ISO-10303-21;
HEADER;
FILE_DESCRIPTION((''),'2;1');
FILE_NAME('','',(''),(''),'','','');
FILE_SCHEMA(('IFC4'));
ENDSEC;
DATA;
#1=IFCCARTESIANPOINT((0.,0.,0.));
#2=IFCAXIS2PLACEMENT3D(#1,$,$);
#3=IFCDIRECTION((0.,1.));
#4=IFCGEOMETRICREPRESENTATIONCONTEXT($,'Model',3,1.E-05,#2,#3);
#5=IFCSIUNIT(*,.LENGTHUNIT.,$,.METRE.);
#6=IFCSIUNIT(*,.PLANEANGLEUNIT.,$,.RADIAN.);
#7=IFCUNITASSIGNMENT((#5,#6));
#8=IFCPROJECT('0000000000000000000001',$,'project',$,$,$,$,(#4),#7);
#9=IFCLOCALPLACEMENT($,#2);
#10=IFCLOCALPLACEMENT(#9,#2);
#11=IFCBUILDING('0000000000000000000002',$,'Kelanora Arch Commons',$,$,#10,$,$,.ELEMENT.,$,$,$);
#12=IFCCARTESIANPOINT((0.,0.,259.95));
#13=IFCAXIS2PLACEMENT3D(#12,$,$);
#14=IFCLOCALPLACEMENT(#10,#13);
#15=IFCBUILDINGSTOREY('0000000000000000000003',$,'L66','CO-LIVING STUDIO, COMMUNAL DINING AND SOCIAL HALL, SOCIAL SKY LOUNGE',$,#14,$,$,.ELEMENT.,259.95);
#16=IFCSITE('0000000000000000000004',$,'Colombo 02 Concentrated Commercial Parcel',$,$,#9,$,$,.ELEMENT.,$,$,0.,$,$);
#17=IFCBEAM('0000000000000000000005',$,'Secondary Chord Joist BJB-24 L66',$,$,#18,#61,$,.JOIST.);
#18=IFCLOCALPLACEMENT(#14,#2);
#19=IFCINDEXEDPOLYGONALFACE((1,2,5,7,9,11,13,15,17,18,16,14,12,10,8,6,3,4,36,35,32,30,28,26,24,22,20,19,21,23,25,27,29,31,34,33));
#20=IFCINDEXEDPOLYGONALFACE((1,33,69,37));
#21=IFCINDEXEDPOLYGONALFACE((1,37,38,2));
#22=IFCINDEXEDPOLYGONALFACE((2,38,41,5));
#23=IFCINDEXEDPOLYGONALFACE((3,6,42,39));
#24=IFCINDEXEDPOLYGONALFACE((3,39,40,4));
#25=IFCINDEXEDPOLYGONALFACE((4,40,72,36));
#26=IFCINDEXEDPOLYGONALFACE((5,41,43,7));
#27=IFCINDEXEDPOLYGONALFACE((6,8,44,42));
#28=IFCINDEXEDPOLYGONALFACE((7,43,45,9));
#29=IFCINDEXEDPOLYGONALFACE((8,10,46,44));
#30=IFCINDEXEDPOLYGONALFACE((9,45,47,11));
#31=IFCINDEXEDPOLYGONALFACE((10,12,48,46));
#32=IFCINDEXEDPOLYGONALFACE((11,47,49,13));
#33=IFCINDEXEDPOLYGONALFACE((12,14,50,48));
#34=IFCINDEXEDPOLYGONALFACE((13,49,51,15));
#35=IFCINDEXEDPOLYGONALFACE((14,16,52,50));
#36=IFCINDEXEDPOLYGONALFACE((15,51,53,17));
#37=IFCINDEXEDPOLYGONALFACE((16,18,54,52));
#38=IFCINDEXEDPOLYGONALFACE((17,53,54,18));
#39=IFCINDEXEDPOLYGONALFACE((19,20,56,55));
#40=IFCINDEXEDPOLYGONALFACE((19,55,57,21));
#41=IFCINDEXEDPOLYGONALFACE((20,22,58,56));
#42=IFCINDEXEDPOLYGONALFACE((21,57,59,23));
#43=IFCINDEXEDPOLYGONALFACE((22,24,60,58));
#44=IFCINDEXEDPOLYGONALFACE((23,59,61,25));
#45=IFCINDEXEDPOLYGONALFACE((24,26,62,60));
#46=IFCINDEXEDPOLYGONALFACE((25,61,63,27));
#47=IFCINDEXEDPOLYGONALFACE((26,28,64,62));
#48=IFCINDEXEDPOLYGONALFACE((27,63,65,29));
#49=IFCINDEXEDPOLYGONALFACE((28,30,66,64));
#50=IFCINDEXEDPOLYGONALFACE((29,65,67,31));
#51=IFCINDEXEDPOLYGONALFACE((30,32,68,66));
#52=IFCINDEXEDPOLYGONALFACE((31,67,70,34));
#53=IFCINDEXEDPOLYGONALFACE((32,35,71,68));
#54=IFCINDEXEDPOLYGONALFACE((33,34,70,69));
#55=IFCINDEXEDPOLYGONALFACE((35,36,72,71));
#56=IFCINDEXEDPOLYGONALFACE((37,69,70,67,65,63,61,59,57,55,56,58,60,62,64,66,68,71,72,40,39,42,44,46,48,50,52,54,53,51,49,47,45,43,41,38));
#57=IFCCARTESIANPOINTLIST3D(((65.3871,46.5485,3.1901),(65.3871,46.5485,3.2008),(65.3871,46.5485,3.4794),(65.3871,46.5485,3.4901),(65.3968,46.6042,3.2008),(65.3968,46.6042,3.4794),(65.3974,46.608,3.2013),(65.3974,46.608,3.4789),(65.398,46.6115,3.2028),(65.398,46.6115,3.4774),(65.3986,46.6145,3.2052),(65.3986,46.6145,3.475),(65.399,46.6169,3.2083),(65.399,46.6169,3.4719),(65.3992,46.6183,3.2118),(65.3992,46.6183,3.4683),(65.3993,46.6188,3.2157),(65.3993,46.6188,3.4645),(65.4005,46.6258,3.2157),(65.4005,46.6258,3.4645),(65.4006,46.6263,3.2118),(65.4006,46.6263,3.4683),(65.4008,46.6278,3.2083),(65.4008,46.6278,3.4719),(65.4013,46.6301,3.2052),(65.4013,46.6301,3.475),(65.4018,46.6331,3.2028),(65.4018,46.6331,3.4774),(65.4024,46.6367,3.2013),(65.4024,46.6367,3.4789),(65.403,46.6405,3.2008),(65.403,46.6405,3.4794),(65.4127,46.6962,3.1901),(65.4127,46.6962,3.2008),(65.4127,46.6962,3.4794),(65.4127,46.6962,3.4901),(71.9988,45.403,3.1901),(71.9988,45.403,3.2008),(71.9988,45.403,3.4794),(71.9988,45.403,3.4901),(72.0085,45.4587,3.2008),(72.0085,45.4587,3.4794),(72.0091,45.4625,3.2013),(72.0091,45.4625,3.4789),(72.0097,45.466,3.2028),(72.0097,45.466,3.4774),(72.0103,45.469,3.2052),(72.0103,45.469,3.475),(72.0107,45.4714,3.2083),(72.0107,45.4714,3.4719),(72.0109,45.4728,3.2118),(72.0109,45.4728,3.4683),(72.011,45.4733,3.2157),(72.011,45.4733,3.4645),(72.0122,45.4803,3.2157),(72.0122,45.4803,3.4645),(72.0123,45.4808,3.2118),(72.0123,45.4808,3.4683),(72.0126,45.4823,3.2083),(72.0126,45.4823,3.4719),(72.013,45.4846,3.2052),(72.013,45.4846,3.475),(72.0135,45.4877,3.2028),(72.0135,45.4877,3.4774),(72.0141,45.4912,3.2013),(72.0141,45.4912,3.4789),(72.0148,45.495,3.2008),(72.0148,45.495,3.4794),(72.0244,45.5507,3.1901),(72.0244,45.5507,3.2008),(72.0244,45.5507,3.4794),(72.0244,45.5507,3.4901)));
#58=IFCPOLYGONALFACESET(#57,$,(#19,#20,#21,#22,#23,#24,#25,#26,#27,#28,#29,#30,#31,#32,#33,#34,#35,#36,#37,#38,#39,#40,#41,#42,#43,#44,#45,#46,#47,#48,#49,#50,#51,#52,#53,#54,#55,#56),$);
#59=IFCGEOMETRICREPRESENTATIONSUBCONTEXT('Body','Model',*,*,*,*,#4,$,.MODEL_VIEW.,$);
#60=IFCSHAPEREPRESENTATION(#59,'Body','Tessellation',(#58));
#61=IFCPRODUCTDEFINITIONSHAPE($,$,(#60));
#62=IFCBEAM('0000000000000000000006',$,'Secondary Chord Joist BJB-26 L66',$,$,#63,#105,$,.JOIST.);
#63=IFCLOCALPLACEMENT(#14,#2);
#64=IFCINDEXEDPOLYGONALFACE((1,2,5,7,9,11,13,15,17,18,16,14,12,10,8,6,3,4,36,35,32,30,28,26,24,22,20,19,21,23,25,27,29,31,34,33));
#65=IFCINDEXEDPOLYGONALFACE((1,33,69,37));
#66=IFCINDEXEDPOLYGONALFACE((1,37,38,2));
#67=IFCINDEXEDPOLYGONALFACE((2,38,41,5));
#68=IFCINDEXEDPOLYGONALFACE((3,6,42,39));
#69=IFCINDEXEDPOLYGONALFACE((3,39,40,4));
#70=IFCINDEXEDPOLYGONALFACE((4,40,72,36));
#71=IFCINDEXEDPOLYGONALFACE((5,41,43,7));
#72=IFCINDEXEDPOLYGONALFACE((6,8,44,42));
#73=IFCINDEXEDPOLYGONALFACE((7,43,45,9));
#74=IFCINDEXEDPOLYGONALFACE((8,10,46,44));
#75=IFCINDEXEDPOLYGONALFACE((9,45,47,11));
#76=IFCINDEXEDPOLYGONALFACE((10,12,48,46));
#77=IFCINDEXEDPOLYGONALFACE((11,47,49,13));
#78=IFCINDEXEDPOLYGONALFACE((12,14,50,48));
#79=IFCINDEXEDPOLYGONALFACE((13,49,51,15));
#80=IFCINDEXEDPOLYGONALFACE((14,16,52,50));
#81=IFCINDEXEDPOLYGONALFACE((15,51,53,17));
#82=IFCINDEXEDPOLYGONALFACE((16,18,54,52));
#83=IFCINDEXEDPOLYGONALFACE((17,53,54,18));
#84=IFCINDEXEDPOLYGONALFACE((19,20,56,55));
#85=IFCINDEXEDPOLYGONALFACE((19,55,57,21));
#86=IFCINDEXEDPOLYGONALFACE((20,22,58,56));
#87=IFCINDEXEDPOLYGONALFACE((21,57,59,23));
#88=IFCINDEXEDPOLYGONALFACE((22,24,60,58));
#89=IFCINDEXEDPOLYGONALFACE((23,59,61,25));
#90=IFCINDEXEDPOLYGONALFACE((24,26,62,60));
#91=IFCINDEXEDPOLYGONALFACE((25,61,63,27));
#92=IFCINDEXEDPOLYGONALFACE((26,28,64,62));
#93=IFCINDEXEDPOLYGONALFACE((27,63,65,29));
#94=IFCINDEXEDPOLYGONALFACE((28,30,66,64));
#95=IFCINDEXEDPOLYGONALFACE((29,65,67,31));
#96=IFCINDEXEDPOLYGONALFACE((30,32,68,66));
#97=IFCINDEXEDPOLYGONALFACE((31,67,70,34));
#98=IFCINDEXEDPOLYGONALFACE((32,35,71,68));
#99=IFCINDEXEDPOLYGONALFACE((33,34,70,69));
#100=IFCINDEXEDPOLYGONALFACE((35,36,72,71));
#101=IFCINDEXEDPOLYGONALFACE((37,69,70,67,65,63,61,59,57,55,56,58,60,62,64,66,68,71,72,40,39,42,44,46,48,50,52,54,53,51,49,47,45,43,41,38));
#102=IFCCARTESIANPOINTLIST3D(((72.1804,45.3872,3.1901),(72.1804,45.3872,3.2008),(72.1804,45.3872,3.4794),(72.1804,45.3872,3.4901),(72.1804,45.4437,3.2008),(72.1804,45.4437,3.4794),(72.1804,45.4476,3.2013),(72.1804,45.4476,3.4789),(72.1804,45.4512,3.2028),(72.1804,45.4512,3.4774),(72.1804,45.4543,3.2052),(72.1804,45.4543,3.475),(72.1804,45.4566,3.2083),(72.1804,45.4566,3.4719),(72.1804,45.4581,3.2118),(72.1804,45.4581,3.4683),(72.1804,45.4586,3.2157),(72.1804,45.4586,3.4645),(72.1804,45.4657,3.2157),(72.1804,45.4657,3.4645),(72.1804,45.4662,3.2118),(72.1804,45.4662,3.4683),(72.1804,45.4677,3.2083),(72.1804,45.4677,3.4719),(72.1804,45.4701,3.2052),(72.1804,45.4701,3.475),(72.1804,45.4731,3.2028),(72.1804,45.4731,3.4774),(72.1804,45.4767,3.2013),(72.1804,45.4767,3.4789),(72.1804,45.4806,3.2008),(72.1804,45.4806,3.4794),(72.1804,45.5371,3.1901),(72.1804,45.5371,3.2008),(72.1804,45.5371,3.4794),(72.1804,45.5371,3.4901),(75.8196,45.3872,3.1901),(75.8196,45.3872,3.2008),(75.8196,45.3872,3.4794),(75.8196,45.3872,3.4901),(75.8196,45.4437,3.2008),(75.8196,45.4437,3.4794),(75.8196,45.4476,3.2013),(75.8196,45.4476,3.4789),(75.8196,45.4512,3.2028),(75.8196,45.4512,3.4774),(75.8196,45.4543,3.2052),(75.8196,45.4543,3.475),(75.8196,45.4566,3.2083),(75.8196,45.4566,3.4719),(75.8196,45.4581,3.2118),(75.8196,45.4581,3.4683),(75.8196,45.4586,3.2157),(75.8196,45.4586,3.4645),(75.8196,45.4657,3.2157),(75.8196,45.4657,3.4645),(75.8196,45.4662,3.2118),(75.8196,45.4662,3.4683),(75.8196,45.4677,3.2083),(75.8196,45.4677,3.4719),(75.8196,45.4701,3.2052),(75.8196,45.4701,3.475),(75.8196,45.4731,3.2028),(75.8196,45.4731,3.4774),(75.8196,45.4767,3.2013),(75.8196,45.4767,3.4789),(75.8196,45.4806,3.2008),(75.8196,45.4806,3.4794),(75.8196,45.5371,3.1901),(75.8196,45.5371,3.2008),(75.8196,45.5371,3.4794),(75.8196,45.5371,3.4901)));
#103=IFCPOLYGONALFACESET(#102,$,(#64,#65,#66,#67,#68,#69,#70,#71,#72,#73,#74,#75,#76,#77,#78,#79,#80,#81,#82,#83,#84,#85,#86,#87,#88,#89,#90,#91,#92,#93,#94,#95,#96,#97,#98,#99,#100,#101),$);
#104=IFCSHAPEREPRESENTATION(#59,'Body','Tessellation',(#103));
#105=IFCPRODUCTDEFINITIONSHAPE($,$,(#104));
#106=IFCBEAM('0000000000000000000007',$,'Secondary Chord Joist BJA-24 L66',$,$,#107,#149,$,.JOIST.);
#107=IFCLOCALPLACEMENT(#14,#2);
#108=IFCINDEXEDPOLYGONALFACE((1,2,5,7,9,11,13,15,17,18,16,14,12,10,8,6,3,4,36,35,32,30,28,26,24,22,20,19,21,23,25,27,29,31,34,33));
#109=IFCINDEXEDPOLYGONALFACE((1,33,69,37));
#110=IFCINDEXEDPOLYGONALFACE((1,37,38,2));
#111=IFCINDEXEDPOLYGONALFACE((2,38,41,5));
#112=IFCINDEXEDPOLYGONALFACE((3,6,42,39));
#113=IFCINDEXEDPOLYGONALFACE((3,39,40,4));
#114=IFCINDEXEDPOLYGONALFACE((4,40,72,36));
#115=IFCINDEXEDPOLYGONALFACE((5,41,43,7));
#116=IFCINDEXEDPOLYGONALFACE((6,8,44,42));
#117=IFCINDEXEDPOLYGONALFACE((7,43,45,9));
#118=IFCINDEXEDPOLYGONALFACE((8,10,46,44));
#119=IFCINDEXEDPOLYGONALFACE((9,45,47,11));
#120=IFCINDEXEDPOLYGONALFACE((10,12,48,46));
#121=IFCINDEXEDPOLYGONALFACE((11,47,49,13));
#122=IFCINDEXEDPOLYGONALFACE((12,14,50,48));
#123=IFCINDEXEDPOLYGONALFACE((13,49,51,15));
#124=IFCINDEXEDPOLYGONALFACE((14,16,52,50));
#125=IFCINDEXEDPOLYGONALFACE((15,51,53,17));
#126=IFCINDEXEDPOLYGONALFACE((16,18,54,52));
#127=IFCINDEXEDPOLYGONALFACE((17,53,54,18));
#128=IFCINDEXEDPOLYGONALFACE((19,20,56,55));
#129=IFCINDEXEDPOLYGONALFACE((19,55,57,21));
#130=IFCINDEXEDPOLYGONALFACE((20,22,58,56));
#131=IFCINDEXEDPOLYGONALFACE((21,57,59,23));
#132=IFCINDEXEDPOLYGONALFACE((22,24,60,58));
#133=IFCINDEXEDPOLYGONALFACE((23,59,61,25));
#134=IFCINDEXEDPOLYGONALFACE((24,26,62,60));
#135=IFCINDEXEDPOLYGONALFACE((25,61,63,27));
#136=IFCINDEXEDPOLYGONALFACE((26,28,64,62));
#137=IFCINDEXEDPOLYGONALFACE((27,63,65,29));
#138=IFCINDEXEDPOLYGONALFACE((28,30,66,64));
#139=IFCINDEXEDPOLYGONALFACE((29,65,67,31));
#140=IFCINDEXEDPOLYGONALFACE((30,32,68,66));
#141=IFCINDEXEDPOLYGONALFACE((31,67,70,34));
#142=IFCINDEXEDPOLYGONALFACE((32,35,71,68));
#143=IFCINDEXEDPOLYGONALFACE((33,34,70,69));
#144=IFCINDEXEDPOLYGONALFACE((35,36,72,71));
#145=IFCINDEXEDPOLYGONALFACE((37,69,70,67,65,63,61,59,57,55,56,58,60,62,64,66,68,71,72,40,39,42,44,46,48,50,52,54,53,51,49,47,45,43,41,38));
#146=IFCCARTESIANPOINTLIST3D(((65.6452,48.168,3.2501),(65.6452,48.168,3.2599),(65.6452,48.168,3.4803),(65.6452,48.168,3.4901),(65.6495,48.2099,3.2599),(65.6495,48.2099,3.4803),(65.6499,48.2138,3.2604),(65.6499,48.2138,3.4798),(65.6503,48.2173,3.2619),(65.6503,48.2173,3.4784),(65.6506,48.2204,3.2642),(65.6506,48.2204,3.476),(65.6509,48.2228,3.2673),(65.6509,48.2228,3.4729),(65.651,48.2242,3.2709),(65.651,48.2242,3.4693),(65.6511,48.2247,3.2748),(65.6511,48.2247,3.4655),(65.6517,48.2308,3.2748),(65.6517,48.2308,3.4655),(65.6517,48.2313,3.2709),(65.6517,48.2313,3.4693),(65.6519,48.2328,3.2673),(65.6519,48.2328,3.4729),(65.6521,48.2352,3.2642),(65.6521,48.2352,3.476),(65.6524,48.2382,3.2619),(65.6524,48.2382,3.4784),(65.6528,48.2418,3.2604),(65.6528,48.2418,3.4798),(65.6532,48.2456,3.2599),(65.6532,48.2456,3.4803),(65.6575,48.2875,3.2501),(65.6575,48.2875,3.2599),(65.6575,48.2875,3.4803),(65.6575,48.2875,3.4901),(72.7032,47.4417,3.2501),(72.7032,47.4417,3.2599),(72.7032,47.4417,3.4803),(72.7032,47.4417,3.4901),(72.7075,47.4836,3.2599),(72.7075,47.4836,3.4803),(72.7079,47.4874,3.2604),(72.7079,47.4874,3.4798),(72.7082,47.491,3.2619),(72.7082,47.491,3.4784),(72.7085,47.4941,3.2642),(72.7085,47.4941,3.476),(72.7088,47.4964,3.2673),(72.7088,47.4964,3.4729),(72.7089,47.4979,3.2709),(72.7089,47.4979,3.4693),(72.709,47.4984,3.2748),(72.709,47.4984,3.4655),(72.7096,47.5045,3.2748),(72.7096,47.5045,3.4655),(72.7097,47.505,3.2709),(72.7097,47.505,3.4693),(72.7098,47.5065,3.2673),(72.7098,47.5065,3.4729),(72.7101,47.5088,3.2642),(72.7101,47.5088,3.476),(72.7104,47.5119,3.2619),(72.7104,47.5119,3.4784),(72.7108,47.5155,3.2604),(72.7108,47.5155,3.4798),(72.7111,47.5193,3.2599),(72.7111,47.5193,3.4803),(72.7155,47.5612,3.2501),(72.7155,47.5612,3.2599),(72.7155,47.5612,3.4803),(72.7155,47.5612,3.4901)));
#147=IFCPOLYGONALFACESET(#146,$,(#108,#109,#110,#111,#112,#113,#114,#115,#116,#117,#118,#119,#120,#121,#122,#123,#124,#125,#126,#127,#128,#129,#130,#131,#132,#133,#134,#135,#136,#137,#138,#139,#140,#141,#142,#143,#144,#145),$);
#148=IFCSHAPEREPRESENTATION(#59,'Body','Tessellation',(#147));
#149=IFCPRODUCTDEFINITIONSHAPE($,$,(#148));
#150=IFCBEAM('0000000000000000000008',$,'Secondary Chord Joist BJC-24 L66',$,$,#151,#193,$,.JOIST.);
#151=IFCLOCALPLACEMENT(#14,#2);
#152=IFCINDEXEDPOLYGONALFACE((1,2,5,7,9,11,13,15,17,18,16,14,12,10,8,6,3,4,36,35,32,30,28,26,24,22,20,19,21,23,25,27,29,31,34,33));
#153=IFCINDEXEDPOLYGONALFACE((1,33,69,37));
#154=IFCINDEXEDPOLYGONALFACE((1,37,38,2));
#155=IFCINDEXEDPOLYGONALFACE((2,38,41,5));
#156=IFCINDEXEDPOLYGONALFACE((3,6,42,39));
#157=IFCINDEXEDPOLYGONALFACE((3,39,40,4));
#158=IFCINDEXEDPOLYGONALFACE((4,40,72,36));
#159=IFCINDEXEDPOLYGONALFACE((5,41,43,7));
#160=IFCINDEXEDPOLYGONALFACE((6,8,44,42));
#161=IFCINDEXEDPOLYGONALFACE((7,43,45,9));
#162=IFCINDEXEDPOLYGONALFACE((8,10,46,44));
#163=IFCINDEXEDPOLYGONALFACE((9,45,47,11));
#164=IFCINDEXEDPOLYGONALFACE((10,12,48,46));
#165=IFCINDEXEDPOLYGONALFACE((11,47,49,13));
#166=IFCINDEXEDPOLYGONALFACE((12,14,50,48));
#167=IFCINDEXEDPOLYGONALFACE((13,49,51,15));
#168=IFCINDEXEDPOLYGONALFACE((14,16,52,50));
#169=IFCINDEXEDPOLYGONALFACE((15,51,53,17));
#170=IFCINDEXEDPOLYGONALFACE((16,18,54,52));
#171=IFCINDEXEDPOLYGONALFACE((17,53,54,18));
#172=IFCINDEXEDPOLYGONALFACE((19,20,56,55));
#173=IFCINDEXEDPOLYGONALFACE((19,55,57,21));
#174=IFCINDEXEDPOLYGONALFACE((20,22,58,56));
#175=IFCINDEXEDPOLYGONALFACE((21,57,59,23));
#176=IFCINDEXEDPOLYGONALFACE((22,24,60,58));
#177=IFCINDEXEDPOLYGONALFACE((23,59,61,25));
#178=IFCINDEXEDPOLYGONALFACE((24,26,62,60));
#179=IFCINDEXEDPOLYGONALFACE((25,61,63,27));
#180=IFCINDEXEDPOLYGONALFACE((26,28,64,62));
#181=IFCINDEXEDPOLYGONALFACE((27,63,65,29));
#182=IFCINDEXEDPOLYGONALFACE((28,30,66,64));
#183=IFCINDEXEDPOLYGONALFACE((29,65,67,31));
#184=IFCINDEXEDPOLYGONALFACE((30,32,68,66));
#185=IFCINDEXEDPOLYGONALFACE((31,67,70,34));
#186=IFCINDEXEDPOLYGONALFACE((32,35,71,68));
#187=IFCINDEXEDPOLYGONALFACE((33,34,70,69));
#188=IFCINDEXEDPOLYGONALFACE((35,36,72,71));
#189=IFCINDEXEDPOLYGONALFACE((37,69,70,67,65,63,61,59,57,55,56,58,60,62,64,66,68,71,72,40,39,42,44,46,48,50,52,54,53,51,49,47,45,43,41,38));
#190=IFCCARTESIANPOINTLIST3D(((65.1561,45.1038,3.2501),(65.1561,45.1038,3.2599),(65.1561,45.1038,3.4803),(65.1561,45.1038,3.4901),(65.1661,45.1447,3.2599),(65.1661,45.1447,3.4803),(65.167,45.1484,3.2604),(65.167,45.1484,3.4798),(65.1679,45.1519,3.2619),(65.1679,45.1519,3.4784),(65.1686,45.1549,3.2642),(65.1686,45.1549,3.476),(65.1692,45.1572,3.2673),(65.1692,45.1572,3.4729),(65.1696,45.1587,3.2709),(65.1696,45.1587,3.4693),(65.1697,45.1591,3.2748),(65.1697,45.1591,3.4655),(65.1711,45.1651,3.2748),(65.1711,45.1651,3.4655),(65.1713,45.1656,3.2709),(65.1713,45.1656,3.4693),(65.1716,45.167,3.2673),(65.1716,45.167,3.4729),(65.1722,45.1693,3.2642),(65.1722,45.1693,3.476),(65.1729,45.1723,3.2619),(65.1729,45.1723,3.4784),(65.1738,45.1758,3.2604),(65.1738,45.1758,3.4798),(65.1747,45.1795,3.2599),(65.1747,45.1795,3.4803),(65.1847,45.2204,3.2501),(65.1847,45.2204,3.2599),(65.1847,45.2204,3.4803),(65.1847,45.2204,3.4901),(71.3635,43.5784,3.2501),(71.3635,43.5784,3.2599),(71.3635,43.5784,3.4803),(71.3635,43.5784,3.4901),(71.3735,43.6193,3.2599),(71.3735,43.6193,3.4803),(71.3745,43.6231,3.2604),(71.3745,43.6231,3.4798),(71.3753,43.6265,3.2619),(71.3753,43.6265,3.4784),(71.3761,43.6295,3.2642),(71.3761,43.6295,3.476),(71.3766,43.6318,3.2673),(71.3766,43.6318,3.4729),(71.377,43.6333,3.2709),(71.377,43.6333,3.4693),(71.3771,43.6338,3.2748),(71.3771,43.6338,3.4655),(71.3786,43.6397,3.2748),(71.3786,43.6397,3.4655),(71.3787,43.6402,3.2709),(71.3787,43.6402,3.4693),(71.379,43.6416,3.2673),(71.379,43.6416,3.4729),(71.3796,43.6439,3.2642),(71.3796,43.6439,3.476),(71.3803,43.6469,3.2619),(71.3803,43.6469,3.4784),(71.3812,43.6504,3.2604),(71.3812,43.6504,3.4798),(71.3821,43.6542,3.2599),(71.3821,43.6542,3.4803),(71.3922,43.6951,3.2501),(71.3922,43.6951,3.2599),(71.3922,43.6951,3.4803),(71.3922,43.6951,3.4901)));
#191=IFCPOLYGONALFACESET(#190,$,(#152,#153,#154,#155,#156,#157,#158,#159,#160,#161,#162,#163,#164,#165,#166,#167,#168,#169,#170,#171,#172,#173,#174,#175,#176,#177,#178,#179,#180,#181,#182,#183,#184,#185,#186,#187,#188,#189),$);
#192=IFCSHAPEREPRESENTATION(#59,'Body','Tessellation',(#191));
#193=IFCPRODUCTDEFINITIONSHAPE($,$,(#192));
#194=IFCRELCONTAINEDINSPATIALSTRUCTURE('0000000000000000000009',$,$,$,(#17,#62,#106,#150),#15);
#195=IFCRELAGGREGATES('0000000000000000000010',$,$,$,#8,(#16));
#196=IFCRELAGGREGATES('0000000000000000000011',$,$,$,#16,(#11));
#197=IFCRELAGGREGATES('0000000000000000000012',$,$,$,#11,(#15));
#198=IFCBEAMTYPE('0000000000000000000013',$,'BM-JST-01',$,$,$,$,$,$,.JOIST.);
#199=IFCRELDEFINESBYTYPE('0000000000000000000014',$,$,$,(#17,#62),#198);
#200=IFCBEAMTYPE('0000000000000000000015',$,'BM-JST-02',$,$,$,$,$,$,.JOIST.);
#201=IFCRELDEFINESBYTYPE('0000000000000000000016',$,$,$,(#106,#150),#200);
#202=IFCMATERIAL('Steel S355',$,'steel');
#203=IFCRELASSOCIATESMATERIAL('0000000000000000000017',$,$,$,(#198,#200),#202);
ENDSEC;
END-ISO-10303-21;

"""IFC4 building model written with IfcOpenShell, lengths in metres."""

from ifc_helpers import new_model, si_unit, direction, frame, origin, origin_2d, place, context, subcontext, project, spatial, i_section, extrude, material, material_profile, profile_set, type_object, element, save


model = new_model("IFC4")

# Units and contexts
model_context = context("Model", 3, precision=1e-05, world=origin(), true_north=direction((0.0, 1.0)))
body_context = subcontext(model_context, "Body", "Model", "MODEL_VIEW")
ifc_project = project(units=[si_unit("LENGTHUNIT", "METRE"), si_unit("PLANEANGLEUNIT", "RADIAN")], contexts=[model_context])

# Site, building, storey
site_placement = place(None, origin())
site = spatial("IfcSite", under=ifc_project, at=site_placement, Name="Colombo 02 Concentrated Commercial Parcel", CompositionType="ELEMENT", RefElevation=0.0)
building_placement = place(site_placement, origin())
building = spatial("IfcBuilding", under=site, at=building_placement, Name="Kelanora Arch Commons", CompositionType="ELEMENT")
storey_placement = place(building_placement, frame((0.0, 0.0, 259.95)))
storey = spatial("IfcBuildingStorey", under=building, at=storey_placement, Name="L66", Description="CO-LIVING STUDIO, COMMUNAL DINING AND SOCIAL HALL, SOCIAL SKY LOUNGE", CompositionType="ELEMENT", Elevation=259.95)

# Beams
ifc_material_1 = material(Name="Steel S355", Category="steel")
ifc_material_profile_1 = material_profile(ifc_material_1, i_section(OverallWidth=0.1499, OverallDepth=0.3, WebThickness=0.0071, FlangeThickness=0.0107, FilletRadius=0.0149, at=origin_2d()), Name="IPE300")
ifc_profile_set_1 = profile_set([ifc_material_profile_1], Name="Steel S355")
beam_type_1 = type_object("IfcBeamType", Name="BM-JST-01", PredefinedType="JOIST", material=ifc_profile_set_1)
beam_1_placement = place(storey_placement, frame((65.3999, 46.6223, 3.3401), z_axis=(0.985322, -0.170709, 0.0), x_axis=(0.170709, 0.985322, 0.0)))
element("IfcBeam", 1, at=beam_1_placement, inside=storey, type_object=beam_type_1, Name="Secondary Chord Joist BJB-24 L66", PredefinedType="JOIST", context=body_context, shape_type="SweptSolid", body=[
    extrude(i_section(OverallWidth=0.1499, OverallDepth=0.3, WebThickness=0.0071, FlangeThickness=0.0107, FilletRadius=0.0149, at=origin_2d()), origin(), (0.0, 0.0, 1.0), 6.7102),
])
beam_2_placement = place(storey_placement, frame((72.1804, 45.4622, 3.3401), z_axis=(1.0, 0.0, 0.0), x_axis=(0.0, 1.0, 0.0)))
element("IfcBeam", 2, at=beam_2_placement, inside=storey, type_object=beam_type_1, Name="Secondary Chord Joist BJB-26 L66", PredefinedType="JOIST", context=body_context, shape_type="SweptSolid", body=[
    extrude(i_section(OverallWidth=0.1499, OverallDepth=0.3, WebThickness=0.0071, FlangeThickness=0.0107, FilletRadius=0.0149, at=origin_2d()), origin(), (0.0, 0.0, 1.0), 3.6392),
])
ifc_material_profile_2 = material_profile(ifc_material_1, i_section(OverallWidth=0.1201, OverallDepth=0.24, WebThickness=0.0061, FlangeThickness=0.0098, FilletRadius=0.0149, at=origin_2d()), Name="IPE240")
ifc_profile_set_2 = profile_set([ifc_material_profile_2], Name="Steel S355")
beam_type_2 = type_object("IfcBeamType", Name="BM-JST-02", PredefinedType="JOIST", material=ifc_profile_set_2)
beam_3_placement = place(storey_placement, frame((65.6514, 48.2278, 3.3701), z_axis=(0.994747, -0.102369, 0.0), x_axis=(0.102369, 0.994747, 0.0)))
element("IfcBeam", 3, at=beam_3_placement, inside=storey, type_object=beam_type_2, Name="Secondary Chord Joist BJA-24 L66", PredefinedType="JOIST", context=body_context, shape_type="SweptSolid", body=[
    extrude(i_section(OverallWidth=0.1201, OverallDepth=0.24, WebThickness=0.0061, FlangeThickness=0.0098, FilletRadius=0.0149, at=origin_2d()), origin(), (0.0, 0.0, 1.0), 7.0952),
])
beam_4_placement = place(storey_placement, frame((65.1704, 45.1621, 3.3701), z_axis=(0.97111, -0.238633, 0.0), x_axis=(0.238633, 0.97111, 0.0)))
element("IfcBeam", 4, at=beam_4_placement, inside=storey, type_object=beam_type_2, Name="Secondary Chord Joist BJC-24 L66", PredefinedType="JOIST", context=body_context, shape_type="SweptSolid", body=[
    extrude(i_section(OverallWidth=0.1201, OverallDepth=0.24, WebThickness=0.0061, FlangeThickness=0.0098, FilletRadius=0.0149, at=origin_2d()), origin(), (0.0, 0.0, 1.0), 6.3921),
])

save(model, "model.ifc")
